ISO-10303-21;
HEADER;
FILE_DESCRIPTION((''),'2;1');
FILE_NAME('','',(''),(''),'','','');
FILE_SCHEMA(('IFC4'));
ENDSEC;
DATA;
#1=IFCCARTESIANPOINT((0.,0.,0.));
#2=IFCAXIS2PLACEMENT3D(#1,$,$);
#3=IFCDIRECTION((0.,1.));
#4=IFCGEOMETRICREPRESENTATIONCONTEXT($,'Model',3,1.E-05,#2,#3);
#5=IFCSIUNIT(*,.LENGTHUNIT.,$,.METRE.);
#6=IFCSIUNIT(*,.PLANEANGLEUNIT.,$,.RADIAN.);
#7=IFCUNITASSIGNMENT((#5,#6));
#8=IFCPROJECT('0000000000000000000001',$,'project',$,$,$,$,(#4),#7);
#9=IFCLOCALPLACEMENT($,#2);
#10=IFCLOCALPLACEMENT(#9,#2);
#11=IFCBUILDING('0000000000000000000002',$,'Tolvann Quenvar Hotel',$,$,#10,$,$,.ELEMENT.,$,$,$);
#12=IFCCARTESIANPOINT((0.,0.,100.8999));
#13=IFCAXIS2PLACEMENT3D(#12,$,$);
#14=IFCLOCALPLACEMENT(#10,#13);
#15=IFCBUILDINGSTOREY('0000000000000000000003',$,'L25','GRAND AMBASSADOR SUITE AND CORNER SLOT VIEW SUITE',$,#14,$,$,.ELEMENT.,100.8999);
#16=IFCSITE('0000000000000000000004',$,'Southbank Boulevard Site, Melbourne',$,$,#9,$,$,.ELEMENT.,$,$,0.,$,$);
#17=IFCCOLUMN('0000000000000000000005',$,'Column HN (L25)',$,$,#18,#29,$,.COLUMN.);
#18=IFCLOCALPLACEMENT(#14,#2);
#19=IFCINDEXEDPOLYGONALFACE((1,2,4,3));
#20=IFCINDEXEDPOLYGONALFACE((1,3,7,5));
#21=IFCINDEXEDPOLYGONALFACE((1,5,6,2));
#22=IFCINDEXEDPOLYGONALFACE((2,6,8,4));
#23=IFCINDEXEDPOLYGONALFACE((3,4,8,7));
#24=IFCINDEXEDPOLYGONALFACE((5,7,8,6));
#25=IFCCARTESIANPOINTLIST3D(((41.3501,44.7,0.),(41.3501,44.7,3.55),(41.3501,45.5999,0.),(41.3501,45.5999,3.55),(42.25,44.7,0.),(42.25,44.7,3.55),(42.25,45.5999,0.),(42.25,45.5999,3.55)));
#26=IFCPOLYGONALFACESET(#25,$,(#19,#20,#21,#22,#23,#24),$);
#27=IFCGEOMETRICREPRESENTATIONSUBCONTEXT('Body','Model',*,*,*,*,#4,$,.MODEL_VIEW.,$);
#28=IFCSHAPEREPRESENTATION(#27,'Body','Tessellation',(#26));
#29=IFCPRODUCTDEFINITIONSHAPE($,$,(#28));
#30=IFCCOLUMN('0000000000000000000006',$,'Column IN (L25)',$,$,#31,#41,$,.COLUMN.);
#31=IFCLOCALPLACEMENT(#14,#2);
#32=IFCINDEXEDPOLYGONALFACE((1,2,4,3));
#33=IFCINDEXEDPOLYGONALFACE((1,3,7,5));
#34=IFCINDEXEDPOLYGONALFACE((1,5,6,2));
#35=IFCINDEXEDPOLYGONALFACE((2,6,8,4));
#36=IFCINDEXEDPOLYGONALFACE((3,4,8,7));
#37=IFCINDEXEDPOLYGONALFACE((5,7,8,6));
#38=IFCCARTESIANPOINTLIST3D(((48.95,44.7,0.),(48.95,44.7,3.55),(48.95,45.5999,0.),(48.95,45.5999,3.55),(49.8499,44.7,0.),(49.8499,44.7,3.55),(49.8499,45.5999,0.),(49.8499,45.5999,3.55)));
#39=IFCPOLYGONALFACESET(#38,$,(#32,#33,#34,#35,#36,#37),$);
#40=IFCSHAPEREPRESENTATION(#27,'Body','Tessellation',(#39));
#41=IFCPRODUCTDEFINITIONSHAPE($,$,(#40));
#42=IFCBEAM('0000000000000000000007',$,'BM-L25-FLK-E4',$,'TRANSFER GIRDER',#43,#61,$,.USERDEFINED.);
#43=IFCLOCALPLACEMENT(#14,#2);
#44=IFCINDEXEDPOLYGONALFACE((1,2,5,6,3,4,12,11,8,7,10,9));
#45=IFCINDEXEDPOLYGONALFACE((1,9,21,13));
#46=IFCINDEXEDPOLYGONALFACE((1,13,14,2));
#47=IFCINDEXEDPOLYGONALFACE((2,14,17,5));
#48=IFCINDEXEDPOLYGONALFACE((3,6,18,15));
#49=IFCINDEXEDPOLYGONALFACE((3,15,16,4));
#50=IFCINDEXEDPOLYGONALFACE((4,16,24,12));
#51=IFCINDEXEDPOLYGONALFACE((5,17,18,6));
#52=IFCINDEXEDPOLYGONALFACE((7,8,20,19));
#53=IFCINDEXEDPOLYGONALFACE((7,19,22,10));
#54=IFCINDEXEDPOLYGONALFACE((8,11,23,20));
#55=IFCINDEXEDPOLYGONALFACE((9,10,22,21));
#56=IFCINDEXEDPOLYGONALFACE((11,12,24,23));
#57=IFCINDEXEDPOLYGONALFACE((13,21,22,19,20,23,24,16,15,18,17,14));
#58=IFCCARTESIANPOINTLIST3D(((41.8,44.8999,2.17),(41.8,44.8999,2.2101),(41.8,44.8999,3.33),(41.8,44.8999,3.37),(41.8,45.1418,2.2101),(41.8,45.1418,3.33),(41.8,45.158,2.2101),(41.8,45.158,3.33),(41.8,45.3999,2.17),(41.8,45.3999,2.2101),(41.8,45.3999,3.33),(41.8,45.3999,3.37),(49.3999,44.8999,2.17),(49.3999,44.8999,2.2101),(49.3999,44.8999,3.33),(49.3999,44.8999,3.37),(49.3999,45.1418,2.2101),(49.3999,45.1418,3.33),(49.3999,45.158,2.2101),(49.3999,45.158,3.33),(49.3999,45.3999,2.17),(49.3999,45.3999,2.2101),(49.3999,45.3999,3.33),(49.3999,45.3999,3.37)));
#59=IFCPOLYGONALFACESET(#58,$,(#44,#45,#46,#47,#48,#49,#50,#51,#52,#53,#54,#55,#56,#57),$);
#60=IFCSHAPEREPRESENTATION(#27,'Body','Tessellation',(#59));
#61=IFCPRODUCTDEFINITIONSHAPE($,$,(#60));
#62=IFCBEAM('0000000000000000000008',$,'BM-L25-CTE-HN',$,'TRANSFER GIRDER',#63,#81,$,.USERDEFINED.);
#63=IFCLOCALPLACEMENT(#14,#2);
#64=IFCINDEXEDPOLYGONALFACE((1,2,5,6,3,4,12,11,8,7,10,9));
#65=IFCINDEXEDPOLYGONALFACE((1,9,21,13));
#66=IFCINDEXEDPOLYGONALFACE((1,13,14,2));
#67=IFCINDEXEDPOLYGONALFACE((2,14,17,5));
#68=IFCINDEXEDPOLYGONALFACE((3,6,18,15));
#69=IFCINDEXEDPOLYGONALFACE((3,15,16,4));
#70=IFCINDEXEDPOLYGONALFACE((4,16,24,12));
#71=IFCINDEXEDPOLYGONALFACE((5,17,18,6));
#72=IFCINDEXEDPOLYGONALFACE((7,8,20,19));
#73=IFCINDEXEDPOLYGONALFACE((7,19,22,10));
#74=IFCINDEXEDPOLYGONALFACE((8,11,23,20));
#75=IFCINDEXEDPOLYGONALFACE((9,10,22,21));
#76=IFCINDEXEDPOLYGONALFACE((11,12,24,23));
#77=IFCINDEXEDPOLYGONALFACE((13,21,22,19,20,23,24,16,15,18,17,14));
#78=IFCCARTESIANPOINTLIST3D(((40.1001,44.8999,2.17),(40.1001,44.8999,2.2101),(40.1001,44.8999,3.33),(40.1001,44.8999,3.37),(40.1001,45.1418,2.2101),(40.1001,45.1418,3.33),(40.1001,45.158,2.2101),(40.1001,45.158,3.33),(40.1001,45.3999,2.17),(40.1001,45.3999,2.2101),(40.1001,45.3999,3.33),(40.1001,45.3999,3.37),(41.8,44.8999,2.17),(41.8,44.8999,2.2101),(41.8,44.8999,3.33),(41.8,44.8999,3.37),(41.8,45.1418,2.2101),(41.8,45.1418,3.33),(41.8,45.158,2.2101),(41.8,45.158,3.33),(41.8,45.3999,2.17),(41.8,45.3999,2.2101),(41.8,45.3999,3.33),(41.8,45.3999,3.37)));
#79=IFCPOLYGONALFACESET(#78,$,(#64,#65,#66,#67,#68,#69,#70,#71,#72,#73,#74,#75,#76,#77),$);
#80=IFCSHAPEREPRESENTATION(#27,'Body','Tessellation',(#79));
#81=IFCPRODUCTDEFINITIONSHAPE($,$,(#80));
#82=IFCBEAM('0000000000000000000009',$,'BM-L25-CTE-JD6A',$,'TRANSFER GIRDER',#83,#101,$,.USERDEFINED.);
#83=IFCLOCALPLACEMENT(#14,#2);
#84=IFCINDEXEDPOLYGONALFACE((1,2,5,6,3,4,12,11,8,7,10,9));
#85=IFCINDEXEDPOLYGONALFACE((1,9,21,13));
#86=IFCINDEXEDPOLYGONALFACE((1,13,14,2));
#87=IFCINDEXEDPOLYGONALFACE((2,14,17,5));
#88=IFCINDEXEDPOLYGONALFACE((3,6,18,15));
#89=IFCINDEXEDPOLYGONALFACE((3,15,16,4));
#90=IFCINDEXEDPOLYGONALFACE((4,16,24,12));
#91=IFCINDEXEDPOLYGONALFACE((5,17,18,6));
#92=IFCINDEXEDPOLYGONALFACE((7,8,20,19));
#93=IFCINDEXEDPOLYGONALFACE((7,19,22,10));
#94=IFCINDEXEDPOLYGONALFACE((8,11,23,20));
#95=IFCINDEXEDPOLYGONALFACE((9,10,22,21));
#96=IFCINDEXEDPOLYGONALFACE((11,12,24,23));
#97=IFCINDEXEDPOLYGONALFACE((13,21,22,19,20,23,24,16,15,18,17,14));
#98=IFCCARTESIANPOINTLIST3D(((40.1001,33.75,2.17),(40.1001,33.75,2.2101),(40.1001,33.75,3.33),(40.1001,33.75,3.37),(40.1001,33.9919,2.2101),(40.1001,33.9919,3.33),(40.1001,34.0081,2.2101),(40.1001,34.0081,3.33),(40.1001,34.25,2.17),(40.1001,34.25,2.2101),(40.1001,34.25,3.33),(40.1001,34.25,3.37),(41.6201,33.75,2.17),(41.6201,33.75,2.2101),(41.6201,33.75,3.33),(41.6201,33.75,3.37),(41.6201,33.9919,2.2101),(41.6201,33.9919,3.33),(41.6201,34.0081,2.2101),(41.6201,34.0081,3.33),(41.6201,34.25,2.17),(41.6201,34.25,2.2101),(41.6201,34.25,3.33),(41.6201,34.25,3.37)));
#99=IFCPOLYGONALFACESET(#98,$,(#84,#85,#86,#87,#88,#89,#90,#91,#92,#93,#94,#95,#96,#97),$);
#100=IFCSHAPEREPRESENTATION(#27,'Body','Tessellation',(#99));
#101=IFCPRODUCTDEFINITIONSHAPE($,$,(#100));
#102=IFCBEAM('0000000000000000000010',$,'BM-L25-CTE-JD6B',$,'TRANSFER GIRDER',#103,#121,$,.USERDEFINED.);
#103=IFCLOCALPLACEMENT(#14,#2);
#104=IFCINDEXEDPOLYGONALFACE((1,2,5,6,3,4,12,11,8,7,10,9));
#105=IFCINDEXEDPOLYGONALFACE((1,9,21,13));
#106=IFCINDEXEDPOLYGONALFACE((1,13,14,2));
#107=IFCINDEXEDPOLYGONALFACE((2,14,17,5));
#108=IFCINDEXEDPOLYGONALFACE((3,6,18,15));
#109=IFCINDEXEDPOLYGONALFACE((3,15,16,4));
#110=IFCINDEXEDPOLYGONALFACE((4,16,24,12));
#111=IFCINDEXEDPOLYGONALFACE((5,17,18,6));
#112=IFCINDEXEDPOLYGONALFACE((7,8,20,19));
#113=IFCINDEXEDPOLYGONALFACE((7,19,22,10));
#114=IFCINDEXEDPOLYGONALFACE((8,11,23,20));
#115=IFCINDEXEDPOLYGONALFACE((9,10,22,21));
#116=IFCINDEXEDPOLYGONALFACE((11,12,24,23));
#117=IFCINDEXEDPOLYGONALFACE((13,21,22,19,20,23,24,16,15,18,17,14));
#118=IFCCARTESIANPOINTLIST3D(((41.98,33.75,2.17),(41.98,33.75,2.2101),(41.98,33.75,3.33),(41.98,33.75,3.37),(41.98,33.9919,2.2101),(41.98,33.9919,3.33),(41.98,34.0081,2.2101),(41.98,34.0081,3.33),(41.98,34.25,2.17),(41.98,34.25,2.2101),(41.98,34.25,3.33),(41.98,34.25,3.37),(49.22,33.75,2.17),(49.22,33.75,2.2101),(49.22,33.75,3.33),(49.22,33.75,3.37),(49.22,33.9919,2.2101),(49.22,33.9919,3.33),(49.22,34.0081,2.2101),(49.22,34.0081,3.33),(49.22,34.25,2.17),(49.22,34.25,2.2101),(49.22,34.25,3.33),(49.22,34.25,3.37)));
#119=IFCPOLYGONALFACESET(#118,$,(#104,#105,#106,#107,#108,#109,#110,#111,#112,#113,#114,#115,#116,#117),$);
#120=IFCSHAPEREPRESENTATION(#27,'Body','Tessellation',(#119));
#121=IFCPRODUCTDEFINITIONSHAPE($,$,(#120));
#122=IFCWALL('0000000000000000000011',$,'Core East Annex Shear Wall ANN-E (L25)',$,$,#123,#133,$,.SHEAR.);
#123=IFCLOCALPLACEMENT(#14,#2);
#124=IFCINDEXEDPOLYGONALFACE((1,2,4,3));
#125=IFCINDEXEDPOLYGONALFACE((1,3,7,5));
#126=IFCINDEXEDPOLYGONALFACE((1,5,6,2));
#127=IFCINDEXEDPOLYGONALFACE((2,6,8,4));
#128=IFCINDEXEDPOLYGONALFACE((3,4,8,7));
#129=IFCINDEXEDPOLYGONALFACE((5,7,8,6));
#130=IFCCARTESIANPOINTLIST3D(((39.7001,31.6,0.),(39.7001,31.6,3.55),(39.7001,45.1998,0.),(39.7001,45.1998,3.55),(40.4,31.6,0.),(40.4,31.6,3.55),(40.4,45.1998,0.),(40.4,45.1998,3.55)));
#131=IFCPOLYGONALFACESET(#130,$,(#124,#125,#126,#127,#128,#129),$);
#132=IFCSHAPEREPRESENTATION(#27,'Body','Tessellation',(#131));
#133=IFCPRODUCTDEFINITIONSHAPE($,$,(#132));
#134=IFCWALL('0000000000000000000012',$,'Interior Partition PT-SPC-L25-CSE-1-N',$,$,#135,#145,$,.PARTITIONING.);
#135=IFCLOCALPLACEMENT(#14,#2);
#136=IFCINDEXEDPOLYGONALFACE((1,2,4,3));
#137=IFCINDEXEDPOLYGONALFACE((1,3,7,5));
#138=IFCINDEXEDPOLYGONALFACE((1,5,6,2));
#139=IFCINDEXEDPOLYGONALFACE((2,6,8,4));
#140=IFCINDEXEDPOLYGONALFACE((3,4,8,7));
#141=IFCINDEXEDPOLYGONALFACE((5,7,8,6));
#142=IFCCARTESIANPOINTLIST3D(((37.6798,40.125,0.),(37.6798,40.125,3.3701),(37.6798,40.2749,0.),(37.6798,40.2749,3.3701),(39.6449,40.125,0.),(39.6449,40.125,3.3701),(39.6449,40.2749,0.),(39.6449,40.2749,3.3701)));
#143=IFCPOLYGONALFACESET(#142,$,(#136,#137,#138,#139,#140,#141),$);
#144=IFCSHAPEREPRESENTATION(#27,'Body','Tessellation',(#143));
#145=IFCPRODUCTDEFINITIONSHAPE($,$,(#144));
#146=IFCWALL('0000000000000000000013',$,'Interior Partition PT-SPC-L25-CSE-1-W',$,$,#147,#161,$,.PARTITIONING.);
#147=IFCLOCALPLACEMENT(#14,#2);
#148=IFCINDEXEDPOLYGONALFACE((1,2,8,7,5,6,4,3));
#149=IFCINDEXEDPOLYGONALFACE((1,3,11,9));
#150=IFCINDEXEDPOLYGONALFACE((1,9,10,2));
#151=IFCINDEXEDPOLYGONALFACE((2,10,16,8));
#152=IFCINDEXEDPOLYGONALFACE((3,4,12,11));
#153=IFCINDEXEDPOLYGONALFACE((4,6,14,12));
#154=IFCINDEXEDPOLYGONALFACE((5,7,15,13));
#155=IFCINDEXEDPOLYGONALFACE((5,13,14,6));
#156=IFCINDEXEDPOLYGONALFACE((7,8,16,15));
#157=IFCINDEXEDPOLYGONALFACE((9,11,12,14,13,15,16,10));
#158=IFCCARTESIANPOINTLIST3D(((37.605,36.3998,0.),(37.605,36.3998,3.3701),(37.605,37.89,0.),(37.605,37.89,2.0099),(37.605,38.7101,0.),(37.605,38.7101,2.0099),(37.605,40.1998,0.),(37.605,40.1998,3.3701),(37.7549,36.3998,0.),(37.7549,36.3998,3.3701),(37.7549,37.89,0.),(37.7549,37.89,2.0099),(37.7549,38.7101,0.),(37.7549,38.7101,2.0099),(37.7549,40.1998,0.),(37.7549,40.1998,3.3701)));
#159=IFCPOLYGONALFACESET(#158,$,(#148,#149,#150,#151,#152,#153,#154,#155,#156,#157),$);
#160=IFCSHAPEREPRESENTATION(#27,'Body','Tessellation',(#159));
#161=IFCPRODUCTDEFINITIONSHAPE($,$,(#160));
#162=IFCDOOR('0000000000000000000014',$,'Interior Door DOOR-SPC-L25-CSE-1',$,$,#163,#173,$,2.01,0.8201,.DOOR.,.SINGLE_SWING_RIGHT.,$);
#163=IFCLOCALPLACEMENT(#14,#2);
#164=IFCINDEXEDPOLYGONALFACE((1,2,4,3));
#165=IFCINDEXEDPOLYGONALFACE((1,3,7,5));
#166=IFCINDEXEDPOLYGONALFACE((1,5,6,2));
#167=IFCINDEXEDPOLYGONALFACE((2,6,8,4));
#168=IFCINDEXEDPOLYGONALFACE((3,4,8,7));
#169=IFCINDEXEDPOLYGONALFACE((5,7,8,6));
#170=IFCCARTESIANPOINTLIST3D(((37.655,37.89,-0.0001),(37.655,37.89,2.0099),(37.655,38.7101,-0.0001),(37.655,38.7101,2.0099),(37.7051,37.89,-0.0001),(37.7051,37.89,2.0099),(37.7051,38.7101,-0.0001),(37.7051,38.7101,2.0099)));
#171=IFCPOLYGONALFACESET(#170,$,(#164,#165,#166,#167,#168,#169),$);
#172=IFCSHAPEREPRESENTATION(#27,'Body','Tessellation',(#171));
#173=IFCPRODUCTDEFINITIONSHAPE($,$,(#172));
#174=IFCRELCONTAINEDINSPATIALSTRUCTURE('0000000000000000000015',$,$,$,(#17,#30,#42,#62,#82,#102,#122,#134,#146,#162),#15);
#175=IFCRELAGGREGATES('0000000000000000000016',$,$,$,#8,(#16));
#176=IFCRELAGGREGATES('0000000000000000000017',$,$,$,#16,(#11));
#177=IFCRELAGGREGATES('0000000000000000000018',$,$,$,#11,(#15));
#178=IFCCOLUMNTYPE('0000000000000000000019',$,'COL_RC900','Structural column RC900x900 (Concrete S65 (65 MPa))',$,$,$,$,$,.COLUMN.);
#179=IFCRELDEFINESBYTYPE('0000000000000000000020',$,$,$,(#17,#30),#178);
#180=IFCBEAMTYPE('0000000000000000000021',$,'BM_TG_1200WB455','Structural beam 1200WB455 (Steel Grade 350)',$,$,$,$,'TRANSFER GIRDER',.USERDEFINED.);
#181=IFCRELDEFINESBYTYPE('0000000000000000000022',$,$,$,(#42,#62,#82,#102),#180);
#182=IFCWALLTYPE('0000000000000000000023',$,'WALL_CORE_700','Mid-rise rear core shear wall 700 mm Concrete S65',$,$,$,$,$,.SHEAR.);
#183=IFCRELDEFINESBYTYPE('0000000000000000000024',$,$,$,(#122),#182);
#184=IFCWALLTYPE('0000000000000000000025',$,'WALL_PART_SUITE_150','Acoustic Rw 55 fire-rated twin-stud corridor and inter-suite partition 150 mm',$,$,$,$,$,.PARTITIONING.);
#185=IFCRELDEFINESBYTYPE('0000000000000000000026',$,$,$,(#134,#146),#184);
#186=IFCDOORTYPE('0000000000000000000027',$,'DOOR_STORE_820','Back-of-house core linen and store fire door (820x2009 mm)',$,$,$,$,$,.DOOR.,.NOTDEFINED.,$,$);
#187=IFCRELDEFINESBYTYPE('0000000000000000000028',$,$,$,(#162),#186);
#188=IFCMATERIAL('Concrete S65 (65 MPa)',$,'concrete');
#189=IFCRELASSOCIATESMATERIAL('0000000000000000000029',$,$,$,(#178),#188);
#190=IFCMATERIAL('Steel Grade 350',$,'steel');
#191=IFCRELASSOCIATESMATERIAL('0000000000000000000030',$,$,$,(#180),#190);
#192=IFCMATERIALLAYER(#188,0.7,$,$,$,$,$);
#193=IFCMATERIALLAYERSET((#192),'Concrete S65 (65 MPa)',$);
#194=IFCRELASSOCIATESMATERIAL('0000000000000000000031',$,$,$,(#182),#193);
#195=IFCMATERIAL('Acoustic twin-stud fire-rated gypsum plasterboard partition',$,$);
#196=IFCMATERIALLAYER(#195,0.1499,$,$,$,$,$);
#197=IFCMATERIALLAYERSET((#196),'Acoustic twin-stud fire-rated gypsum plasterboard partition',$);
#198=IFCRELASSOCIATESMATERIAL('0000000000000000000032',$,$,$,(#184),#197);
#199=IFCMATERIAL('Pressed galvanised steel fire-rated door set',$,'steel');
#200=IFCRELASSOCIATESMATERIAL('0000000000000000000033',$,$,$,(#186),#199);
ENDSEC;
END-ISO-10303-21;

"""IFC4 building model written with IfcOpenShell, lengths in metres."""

from ifc_helpers import new_model, si_unit, direction, frame, frame_2d, origin, origin_2d, place, context, subcontext, project, spatial, rectangle, i_section, extrude, source, transform, mapped, material, layer, layer_set, material_profile, profile_set, type_object, type_shapes, element, fill, save


model = new_model("IFC4")

# Units and contexts
model_context = context("Model", 3, precision=1e-05, world=origin(), true_north=direction((0.0, 1.0)))
body_context = subcontext(model_context, "Body", "Model", "MODEL_VIEW")
ifc_project = project(units=[si_unit("LENGTHUNIT", "METRE"), si_unit("PLANEANGLEUNIT", "RADIAN")], contexts=[model_context])

# Site, building, storey
site_placement = place(None, origin())
site = spatial("IfcSite", under=ifc_project, at=site_placement, Name="Southbank Boulevard Site, Melbourne", CompositionType="ELEMENT", RefElevation=0.0)
building_placement = place(site_placement, origin())
building = spatial("IfcBuilding", under=site, at=building_placement, Name="Tolvann Quenvar Hotel", CompositionType="ELEMENT")
storey_placement = place(building_placement, frame((0.0, 0.0, 100.8999)))
storey = spatial("IfcBuildingStorey", under=building, at=storey_placement, Name="L25", Description="GRAND AMBASSADOR SUITE AND CORNER SLOT VIEW SUITE", CompositionType="ELEMENT", Elevation=100.8999)

# Columns
ifc_material_1 = material(Name="Concrete S65 (65 MPa)", Category="concrete")
ifc_material_profile_1 = material_profile(ifc_material_1, rectangle(XDim=0.8999, YDim=0.8999, at=origin_2d()), Name="RC900x900")
ifc_profile_set_1 = profile_set([ifc_material_profile_1], Name="Concrete S65 (65 MPa)")
column_type = type_object("IfcColumnType", Name="COL_RC900", Description="Structural column RC900x900 (Concrete S65 (65 MPa))", PredefinedType="COLUMN", material=ifc_profile_set_1)
shared_shape_1 = source(origin(), body_context, "Body", "SweptSolid", [
    extrude(rectangle(XDim=0.8999, YDim=0.8999, at=origin_2d()), origin(), (0.0, 0.0, 1.0), 3.55),
])
type_shapes(column_type, [shared_shape_1])
for number, where, z_axis, x_axis, name in (
    (1, (41.8, 45.1499, 0.0), (0.0, 0.0, 1.0), (1.0, 0.0, 0.0), "Column HN (L25)"),
    (2, (49.3999, 45.1499, 0.0), (0.0, 0.0, 1.0), (1.0, 0.0, 0.0), "Column IN (L25)"),
):
    element("IfcColumn", number, at=place(storey_placement, frame(where, z_axis=z_axis, x_axis=x_axis)), inside=storey, type_object=column_type, Name=name, PredefinedType="COLUMN", context=body_context, shape_type="MappedRepresentation", body=[
        mapped(shared_shape_1, transform((0.0, 0.0, 0.0), x_axis=(1.0, 0.0, 0.0), y_axis=(0.0, 1.0, 0.0), z_axis=(0.0, 0.0, 1.0), scale=1.0)),
    ])

# Beams
ifc_material_2 = material(Name="Steel Grade 350", Category="steel")
ifc_material_profile_2 = material_profile(ifc_material_2, i_section(OverallWidth=0.5, OverallDepth=1.2, WebThickness=0.0161, FlangeThickness=0.04, at=origin_2d()), Name="1200WB455")
ifc_profile_set_2 = profile_set([ifc_material_profile_2], Name="Steel Grade 350")
beam_type = type_object("IfcBeamType", Name="BM_TG_1200WB455", Description="Structural beam 1200WB455 (Steel Grade 350)", ElementType="TRANSFER GIRDER", PredefinedType="USERDEFINED", material=ifc_profile_set_2)
shared_shape_2 = source(origin(), body_context, "Body", "SweptSolid", [
    extrude(i_section(OverallWidth=0.5, OverallDepth=1.2, WebThickness=0.0161, FlangeThickness=0.04, at=origin_2d()), origin(), (0.0, 0.0, 1.0), 7.5999),
])
beam_1_placement = place(storey_placement, frame((49.3999, 45.1499, 2.77), z_axis=(-1.0, 0.0, 0.0), x_axis=(0.0, -1.0, 0.0)))
element("IfcBeam", 3, at=beam_1_placement, inside=storey, type_object=beam_type, Name="BM-L25-FLK-E4", ObjectType="TRANSFER GIRDER", PredefinedType="USERDEFINED", context=body_context, shape_type="MappedRepresentation", body=[
    mapped(shared_shape_2, transform((0.0, 0.0, 0.0), x_axis=(1.0, 0.0, 0.0), y_axis=(0.0, 1.0, 0.0), z_axis=(0.0, 0.0, 1.0), scale=1.0)),
])
shared_shape_3 = source(origin(), body_context, "Body", "SweptSolid", [
    extrude(i_section(OverallWidth=0.5, OverallDepth=1.2, WebThickness=0.0161, FlangeThickness=0.04, at=origin_2d()), origin(), (0.0, 0.0, 1.0), 1.7),
])
beam_2_placement = place(storey_placement, frame((40.1001, 45.1499, 2.77), z_axis=(1.0, 0.0, 0.0), x_axis=(0.0, 1.0, 0.0)))
element("IfcBeam", 4, at=beam_2_placement, inside=storey, type_object=beam_type, Name="BM-L25-CTE-HN", ObjectType="TRANSFER GIRDER", PredefinedType="USERDEFINED", context=body_context, shape_type="MappedRepresentation", body=[
    mapped(shared_shape_3, transform((0.0, 0.0, 0.0), x_axis=(1.0, 0.0, 0.0), y_axis=(0.0, 1.0, 0.0), z_axis=(0.0, 0.0, 1.0), scale=1.0)),
])
shared_shape_4 = source(origin(), body_context, "Body", "SweptSolid", [
    extrude(i_section(OverallWidth=0.5, OverallDepth=1.2, WebThickness=0.0161, FlangeThickness=0.04, at=origin_2d()), origin(), (0.0, 0.0, 1.0), 1.52),
])
beam_3_placement = place(storey_placement, frame((40.1001, 34.0, 2.77), z_axis=(1.0, 0.0, 0.0), x_axis=(0.0, 1.0, 0.0)))
element("IfcBeam", 5, at=beam_3_placement, inside=storey, type_object=beam_type, Name="BM-L25-CTE-JD6A", ObjectType="TRANSFER GIRDER", PredefinedType="USERDEFINED", context=body_context, shape_type="MappedRepresentation", body=[
    mapped(shared_shape_4, transform((0.0, 0.0, 0.0), x_axis=(1.0, 0.0, 0.0), y_axis=(0.0, 1.0, 0.0), z_axis=(0.0, 0.0, 1.0), scale=1.0)),
])
shared_shape_5 = source(origin(), body_context, "Body", "SweptSolid", [
    extrude(i_section(OverallWidth=0.5, OverallDepth=1.2, WebThickness=0.0161, FlangeThickness=0.04, at=origin_2d()), origin(), (0.0, 0.0, 1.0), 7.24),
])
type_shapes(beam_type, [shared_shape_2, shared_shape_3, shared_shape_4, shared_shape_5])
beam_4_placement = place(storey_placement, frame((41.98, 34.0, 2.77), z_axis=(1.0, 0.0, 0.0), x_axis=(0.0, 1.0, 0.0)))
element("IfcBeam", 6, at=beam_4_placement, inside=storey, type_object=beam_type, Name="BM-L25-CTE-JD6B", ObjectType="TRANSFER GIRDER", PredefinedType="USERDEFINED", context=body_context, shape_type="MappedRepresentation", body=[
    mapped(shared_shape_5, transform((0.0, 0.0, 0.0), x_axis=(1.0, 0.0, 0.0), y_axis=(0.0, 1.0, 0.0), z_axis=(0.0, 0.0, 1.0), scale=1.0)),
])

# Walls
ifc_layer_1 = layer(ifc_material_1, 0.7)
ifc_layer_set_1 = layer_set([ifc_layer_1], Name="Concrete S65 (65 MPa)")
wall_type_1 = type_object("IfcWallType", Name="WALL_CORE_700", Description="Mid-rise rear core shear wall 700 mm Concrete S65", PredefinedType="SHEAR", material=ifc_layer_set_1)
wall_1_placement = place(storey_placement, frame((40.05, 31.6001, 0.0), z_axis=(0.0, 0.0, 1.0), x_axis=(0.0, 1.0, 0.0)))
element("IfcWall", 7, at=wall_1_placement, inside=storey, type_object=wall_type_1, Name="Core East Annex Shear Wall ANN-E (L25)", PredefinedType="SHEAR", context=body_context, shape_type="SweptSolid", body=[
    extrude(rectangle(XDim=13.5999, YDim=0.7, at=frame_2d((6.7998, 0.0))), origin(), (0.0, 0.0, 1.0), 3.55),
])
ifc_material_3 = material(Name="Acoustic twin-stud fire-rated gypsum plasterboard partition")
ifc_layer_2 = layer(ifc_material_3, 0.1499)
ifc_layer_set_2 = layer_set([ifc_layer_2], Name="Acoustic twin-stud fire-rated gypsum plasterboard partition")
wall_type_2 = type_object("IfcWallType", Name="WALL_PART_SUITE_150", Description="Acoustic Rw 55 fire-rated twin-stud corridor and inter-suite partition 150 mm", PredefinedType="PARTITIONING", material=ifc_layer_set_2)
wall_2_placement = place(storey_placement, frame((37.6799, 40.2, 0.0), z_axis=(0.0, 0.0, 1.0), x_axis=(1.0, 0.0, 0.0)))
element("IfcWall", 8, at=wall_2_placement, inside=storey, type_object=wall_type_2, Name="Interior Partition PT-SPC-L25-CSE-1-N", PredefinedType="PARTITIONING", context=body_context, shape_type="SweptSolid", body=[
    extrude(rectangle(XDim=1.9651, YDim=0.1499, at=frame_2d((0.9824, 0.0))), origin(), (0.0, 0.0, 1.0), 3.3701),
])

# Wall, opening, door
wall_3_placement = place(storey_placement, frame((37.6799, 36.3999, 0.0), z_axis=(0.0, 0.0, 1.0), x_axis=(0.0, 1.0, 0.0)))
wall_3 = element("IfcWall", 9, at=wall_3_placement, inside=storey, type_object=wall_type_2, Name="Interior Partition PT-SPC-L25-CSE-1-W", PredefinedType="PARTITIONING", context=body_context, shape_type="SweptSolid", body=[
    extrude(rectangle(XDim=3.8, YDim=0.1499, at=frame_2d((1.8999, 0.0))), origin(), (0.0, 0.0, 1.0), 3.3701),
])
opening_1_placement = place(wall_3_placement, frame((1.49, 0.0, 0.0)))
opening_1 = element("IfcOpeningElement", 10, at=opening_1_placement, cuts=wall_3, PredefinedType="OPENING", context=body_context, shape_type="SweptSolid", body=[
    extrude(rectangle(XDim=0.8201, YDim=2.01, at=frame_2d((0.4102, 1.0049))), frame((0.0, 0.085, 0.0), z_axis=(0.0, -1.0, 0.0), x_axis=(1.0, 0.0, 0.0)), (0.0, 0.0, 1.0), 0.1699),
])
ifc_material_4 = material(Name="Pressed galvanised steel fire-rated door set", Category="steel")
door_type_1 = type_object("IfcDoorType", Name="DOOR_STORE_820", Description="Back-of-house core linen and store fire door (820x2009 mm)", OperationType="NOTDEFINED", PredefinedType="DOOR", material=ifc_material_4)
shared_shape_6 = source(origin(), body_context, "Body", "SweptSolid", [
    extrude(rectangle(XDim=0.8201, YDim=2.01, at=frame_2d((0.4102, 1.0049))), frame((0.0, 0.0249, 0.0), z_axis=(0.0, -1.0, 0.0), x_axis=(1.0, 0.0, 0.0)), (0.0, 0.0, 1.0), 0.05),
])
type_shapes(door_type_1, [shared_shape_6])
door_1_placement = place(opening_1_placement, origin())
door_1 = element("IfcDoor", 11, at=door_1_placement, inside=storey, type_object=door_type_1, Name="Interior Door DOOR-SPC-L25-CSE-1", OperationType="SINGLE_SWING_RIGHT", OverallHeight=2.01, OverallWidth=0.8201, PredefinedType="DOOR", context=body_context, shape_type="MappedRepresentation", body=[
    mapped(shared_shape_6, transform((0.0, 0.0, 0.0), x_axis=(1.0, 0.0, 0.0), y_axis=(0.0, 1.0, 0.0), z_axis=(0.0, 0.0, 1.0), scale=1.0)),
])
fill(opening_1, door_1)

save(model, "model.ifc")
